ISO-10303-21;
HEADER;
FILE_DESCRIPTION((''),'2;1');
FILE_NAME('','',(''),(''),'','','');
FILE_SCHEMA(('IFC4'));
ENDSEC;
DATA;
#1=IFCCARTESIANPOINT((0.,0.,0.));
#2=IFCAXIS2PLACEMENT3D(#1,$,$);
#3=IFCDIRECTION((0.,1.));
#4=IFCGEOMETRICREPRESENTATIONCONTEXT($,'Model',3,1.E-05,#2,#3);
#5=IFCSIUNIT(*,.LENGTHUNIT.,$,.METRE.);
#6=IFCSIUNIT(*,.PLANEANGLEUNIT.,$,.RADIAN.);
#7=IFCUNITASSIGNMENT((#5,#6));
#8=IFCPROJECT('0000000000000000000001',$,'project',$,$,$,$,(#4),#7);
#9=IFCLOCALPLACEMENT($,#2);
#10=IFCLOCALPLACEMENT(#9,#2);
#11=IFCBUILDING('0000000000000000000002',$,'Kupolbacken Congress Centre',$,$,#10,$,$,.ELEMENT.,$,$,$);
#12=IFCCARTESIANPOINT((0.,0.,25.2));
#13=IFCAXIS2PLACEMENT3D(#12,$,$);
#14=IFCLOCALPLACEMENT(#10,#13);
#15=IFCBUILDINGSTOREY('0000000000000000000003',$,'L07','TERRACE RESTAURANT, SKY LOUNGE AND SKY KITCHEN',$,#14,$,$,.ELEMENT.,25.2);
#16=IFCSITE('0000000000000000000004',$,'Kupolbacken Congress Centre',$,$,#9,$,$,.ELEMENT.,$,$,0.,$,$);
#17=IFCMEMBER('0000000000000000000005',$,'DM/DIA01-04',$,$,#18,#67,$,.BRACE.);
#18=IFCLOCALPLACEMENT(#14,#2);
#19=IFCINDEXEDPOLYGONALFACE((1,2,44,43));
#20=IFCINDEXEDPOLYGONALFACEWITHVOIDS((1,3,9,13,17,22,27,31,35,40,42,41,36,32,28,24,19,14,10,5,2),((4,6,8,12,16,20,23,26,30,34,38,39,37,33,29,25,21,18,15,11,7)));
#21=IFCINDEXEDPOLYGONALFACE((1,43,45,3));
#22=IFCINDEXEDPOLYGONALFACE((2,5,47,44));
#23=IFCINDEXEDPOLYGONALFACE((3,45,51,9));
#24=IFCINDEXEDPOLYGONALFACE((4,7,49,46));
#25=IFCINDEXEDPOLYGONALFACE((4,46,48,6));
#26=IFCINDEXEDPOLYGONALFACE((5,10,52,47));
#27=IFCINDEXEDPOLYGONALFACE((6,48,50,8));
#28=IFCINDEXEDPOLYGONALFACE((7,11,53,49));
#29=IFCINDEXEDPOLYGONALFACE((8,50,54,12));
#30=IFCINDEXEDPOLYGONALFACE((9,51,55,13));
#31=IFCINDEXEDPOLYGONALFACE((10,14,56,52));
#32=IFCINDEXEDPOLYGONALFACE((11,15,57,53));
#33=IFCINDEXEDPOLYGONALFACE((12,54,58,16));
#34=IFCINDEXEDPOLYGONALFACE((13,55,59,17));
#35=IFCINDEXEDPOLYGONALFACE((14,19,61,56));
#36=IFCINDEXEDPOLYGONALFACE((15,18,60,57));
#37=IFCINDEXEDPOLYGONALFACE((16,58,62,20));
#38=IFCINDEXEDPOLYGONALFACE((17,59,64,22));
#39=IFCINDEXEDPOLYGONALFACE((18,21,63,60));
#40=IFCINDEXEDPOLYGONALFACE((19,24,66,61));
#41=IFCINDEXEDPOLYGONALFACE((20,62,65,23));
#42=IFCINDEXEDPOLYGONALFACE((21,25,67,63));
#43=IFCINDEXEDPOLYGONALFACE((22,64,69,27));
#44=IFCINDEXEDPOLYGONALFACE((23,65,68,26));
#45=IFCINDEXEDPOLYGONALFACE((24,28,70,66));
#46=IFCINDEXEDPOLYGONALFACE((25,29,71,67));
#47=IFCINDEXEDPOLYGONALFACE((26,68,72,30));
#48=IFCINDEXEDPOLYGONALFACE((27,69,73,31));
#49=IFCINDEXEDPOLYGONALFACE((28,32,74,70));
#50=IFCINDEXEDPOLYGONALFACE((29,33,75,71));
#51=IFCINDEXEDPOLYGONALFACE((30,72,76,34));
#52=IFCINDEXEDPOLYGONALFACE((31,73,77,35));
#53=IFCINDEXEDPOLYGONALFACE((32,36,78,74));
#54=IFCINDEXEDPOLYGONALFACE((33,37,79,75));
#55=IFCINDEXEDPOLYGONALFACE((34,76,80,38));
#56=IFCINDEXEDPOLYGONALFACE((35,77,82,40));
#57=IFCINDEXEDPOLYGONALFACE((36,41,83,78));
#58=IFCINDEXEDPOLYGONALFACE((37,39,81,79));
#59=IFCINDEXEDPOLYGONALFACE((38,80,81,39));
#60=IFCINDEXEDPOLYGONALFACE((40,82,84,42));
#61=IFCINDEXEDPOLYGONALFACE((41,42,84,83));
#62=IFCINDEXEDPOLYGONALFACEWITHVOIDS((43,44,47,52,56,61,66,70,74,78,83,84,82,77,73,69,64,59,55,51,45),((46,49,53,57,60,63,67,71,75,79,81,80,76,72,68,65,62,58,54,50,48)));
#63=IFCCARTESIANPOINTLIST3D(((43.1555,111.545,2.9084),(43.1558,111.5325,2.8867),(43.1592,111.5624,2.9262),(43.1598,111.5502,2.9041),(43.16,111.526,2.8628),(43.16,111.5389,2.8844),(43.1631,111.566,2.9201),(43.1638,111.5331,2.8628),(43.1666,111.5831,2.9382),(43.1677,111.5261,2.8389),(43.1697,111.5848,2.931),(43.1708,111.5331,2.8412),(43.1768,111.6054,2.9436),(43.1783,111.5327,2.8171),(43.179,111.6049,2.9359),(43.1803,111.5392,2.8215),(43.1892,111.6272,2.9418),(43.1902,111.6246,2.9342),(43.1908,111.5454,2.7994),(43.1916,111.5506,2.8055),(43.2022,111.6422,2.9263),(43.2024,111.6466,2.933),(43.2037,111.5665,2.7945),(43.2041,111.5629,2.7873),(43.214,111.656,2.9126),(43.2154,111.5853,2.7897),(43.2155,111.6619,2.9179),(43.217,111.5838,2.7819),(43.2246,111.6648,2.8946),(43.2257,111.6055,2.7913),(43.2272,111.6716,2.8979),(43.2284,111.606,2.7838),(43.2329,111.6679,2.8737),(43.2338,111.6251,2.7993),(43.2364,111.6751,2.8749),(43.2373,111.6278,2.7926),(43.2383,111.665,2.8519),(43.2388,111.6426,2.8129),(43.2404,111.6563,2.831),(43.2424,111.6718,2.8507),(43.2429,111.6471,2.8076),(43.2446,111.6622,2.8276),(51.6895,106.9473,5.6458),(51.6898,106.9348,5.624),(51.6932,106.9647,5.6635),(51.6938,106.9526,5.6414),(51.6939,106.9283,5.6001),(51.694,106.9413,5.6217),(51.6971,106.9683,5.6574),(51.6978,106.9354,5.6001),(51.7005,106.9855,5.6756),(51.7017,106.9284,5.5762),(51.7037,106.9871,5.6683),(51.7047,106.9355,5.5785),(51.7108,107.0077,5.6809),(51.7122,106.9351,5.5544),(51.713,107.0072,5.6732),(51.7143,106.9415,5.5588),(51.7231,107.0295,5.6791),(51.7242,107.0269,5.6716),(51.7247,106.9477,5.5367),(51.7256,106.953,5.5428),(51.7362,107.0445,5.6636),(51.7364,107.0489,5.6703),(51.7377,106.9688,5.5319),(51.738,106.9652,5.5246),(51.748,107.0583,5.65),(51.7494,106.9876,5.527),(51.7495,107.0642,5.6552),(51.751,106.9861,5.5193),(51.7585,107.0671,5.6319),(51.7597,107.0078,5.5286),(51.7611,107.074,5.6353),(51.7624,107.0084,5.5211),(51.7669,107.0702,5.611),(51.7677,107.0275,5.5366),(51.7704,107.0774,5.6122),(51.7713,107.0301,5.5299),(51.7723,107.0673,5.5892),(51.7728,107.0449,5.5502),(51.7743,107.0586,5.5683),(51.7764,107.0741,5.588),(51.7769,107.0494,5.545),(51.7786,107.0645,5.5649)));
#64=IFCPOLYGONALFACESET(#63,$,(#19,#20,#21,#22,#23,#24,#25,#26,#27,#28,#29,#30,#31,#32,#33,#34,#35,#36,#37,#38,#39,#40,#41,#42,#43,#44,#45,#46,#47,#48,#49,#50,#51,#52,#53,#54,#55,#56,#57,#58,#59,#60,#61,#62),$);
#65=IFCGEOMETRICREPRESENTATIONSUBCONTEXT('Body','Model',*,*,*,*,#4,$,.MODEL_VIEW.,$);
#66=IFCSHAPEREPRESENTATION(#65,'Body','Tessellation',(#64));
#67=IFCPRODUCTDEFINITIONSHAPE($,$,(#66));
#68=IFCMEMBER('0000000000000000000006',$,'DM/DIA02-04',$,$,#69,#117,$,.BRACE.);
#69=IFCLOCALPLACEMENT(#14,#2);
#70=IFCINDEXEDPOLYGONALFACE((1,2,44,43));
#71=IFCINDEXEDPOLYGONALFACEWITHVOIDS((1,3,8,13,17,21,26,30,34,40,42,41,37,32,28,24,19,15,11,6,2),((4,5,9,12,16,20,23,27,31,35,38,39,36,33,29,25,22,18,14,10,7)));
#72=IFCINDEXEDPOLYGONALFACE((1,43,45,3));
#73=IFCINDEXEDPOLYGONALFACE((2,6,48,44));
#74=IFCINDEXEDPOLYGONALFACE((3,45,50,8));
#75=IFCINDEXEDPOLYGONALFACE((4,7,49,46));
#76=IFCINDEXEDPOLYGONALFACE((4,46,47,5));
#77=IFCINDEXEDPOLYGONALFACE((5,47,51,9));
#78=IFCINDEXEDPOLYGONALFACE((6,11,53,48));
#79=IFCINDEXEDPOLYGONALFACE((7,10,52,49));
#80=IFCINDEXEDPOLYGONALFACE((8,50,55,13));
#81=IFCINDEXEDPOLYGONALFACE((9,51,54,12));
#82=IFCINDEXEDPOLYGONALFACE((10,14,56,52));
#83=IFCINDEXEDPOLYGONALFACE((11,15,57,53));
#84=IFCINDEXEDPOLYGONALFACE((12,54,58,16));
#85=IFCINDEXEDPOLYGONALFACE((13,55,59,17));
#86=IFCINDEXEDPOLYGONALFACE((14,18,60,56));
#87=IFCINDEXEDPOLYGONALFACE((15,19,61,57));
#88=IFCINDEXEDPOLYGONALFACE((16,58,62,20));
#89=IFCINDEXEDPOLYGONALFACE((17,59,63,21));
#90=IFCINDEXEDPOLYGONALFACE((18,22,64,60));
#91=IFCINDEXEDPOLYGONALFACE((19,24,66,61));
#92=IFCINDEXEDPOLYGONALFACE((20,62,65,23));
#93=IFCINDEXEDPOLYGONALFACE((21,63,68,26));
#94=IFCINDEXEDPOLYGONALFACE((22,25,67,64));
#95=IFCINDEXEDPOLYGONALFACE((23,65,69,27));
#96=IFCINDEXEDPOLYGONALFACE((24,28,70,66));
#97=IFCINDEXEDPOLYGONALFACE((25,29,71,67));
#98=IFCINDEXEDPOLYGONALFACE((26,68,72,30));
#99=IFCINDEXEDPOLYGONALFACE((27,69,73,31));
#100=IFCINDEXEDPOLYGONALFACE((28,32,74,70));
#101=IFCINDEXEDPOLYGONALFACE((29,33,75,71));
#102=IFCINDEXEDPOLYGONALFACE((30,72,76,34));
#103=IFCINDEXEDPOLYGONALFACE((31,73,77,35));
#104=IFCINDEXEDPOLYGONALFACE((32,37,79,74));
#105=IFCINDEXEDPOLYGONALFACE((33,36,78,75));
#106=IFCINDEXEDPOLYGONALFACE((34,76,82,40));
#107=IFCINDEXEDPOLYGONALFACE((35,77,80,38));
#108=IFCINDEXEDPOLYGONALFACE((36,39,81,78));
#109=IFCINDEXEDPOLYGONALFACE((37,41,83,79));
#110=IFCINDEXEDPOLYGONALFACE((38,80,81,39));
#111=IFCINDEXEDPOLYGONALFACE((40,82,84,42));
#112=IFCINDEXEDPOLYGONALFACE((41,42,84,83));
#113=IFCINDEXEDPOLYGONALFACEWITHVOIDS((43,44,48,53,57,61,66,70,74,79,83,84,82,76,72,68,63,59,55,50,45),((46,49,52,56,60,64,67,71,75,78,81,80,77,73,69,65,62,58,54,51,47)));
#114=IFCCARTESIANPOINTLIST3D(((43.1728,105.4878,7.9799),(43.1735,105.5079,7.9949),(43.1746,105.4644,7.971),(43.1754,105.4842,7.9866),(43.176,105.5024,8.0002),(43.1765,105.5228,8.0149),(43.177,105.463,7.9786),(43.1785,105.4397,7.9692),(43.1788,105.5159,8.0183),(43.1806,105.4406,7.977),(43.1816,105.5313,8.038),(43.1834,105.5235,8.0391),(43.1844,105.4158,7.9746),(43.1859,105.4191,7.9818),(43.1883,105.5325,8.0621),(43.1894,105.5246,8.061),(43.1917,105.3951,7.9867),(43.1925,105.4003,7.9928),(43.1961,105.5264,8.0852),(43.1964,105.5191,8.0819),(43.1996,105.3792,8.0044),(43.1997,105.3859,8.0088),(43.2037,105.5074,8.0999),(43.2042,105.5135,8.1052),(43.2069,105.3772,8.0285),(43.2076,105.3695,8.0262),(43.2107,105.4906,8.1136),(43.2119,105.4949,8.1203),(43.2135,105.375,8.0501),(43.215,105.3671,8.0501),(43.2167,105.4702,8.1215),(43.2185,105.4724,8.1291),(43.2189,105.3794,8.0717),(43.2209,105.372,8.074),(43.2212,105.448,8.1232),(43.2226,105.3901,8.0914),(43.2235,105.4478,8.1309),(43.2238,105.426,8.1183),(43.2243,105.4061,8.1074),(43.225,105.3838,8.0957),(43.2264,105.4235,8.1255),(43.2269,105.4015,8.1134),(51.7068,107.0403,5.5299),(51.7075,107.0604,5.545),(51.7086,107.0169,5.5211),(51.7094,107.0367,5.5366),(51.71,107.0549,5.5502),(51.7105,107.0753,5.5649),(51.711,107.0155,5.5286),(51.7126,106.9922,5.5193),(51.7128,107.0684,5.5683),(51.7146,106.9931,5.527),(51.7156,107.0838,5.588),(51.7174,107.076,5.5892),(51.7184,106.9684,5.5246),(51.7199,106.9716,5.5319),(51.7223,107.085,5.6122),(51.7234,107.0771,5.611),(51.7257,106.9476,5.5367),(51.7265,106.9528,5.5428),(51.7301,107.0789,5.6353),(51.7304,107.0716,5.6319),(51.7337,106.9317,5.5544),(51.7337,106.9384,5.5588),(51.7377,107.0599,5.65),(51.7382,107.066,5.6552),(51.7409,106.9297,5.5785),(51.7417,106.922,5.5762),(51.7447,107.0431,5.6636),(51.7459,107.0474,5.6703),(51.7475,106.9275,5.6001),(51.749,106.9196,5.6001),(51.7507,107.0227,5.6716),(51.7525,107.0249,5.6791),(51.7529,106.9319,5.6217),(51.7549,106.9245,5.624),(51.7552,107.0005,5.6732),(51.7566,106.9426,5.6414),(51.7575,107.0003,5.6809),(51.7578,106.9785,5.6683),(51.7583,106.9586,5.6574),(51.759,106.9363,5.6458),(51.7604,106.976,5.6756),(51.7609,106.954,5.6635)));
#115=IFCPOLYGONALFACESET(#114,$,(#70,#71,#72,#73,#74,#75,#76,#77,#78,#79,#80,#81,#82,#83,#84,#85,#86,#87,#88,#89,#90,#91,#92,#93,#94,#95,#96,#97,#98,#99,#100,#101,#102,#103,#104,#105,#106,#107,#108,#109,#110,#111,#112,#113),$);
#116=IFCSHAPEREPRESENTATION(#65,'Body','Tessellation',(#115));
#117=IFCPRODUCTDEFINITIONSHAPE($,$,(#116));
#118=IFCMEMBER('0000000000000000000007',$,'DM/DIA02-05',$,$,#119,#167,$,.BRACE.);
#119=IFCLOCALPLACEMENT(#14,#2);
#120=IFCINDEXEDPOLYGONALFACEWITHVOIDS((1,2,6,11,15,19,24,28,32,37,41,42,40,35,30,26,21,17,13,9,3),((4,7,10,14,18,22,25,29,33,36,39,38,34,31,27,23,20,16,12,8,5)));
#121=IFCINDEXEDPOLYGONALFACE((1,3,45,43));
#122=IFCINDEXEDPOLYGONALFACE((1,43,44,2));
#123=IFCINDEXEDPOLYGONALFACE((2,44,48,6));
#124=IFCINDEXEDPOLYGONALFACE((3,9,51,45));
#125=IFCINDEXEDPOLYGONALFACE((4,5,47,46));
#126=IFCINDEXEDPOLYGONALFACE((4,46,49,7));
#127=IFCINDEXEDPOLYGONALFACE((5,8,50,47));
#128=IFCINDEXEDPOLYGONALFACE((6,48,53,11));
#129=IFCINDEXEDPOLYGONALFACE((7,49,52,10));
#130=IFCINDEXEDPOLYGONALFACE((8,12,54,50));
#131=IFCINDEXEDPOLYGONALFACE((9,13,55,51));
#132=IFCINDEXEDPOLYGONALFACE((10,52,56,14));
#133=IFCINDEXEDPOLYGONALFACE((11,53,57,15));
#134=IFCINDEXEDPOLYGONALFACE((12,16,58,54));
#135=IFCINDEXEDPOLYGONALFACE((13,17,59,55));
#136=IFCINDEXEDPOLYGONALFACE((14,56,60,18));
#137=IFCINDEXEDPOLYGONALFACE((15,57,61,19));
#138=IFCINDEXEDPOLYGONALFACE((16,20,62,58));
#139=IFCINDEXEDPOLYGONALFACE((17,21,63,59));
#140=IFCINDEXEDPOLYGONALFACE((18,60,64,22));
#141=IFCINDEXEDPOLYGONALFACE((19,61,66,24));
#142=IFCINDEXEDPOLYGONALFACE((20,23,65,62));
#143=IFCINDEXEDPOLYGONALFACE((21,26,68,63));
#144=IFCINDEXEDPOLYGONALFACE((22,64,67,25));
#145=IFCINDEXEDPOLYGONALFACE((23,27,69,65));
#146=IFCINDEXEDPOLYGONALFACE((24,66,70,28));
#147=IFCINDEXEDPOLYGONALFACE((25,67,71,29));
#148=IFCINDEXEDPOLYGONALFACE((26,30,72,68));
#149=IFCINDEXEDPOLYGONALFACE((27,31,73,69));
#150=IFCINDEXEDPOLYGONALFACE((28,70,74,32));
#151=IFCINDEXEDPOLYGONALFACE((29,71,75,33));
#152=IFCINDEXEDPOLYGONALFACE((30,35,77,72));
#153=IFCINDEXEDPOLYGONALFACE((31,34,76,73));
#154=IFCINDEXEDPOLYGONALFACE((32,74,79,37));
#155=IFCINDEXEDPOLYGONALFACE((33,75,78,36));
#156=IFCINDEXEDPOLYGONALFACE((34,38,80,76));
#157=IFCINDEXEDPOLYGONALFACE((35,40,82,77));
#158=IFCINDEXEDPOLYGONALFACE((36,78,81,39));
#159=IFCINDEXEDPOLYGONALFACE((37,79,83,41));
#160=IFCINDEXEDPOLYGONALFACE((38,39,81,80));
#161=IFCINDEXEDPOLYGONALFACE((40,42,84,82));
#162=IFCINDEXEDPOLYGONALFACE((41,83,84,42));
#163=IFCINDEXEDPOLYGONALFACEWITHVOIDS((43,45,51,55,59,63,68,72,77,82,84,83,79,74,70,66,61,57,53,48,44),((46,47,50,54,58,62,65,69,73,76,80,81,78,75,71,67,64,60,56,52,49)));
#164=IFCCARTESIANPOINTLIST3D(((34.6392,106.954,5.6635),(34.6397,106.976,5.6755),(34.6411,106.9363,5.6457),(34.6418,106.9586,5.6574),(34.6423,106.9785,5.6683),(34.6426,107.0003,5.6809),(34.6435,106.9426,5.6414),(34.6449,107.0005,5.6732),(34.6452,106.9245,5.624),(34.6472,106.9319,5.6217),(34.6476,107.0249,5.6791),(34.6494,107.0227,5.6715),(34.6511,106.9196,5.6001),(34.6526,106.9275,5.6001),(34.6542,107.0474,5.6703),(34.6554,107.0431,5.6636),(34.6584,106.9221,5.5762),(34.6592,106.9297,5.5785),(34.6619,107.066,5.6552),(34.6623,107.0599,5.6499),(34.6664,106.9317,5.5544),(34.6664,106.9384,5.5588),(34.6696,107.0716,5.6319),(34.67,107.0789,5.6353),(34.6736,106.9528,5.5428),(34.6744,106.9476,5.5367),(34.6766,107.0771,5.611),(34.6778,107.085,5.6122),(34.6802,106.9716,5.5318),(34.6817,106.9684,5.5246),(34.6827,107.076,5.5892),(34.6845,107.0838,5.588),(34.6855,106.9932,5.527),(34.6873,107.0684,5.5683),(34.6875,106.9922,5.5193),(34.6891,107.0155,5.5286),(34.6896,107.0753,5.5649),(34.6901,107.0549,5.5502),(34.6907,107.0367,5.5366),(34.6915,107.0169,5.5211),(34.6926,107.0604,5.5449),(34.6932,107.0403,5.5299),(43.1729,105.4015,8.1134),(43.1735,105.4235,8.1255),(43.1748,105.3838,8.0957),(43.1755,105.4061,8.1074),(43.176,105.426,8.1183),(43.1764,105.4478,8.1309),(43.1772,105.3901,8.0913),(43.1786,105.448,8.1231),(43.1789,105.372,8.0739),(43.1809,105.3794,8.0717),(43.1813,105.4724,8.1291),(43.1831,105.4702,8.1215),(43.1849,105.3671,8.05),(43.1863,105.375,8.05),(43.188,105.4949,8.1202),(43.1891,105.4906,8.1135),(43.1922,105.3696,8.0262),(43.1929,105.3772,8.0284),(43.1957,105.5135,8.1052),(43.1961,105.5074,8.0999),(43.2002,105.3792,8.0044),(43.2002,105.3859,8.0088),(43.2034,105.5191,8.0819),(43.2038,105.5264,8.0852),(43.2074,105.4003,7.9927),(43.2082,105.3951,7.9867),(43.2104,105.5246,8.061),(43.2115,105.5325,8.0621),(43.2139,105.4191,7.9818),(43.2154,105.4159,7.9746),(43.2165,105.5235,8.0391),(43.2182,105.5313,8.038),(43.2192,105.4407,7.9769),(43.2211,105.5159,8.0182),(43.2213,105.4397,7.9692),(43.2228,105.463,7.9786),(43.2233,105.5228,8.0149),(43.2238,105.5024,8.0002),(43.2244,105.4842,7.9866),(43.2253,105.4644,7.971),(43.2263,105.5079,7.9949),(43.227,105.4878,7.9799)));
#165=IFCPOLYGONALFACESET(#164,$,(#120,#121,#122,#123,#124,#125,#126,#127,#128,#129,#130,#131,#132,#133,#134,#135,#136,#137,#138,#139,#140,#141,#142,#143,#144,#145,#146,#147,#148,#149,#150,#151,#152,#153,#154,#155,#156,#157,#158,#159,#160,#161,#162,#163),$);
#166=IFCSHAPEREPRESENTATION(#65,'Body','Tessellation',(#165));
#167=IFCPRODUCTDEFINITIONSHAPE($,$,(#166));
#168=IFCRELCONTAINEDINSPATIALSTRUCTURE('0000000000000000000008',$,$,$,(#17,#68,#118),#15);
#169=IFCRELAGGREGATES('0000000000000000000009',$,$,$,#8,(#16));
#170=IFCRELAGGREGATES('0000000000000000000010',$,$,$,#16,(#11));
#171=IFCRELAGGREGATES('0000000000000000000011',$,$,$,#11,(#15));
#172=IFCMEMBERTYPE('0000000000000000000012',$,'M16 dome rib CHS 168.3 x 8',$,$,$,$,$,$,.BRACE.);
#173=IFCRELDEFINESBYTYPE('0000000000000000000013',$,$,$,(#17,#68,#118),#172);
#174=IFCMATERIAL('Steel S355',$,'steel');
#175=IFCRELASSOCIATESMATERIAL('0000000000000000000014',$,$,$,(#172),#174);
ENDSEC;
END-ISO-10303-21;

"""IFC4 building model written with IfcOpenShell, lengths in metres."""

from ifc_helpers import new_model, si_unit, direction, frame, origin, origin_2d, place, context, subcontext, project, spatial, hollow_circle, extrude, material, material_profile, profile_set, type_object, element, save


model = new_model("IFC4")

# Units and contexts
model_context = context("Model", 3, precision=1e-05, world=origin(), true_north=direction((0.0, 1.0)))
body_context = subcontext(model_context, "Body", "Model", "MODEL_VIEW")
ifc_project = project(units=[si_unit("LENGTHUNIT", "METRE"), si_unit("PLANEANGLEUNIT", "RADIAN")], contexts=[model_context])

# Site, building, storey
site_placement = place(None, origin())
site = spatial("IfcSite", under=ifc_project, at=site_placement, Name="Kupolbacken Congress Centre", CompositionType="ELEMENT", RefElevation=0.0)
building_placement = place(site_placement, origin())
building = spatial("IfcBuilding", under=site, at=building_placement, Name="Kupolbacken Congress Centre", CompositionType="ELEMENT")
storey_placement = place(building_placement, frame((0.0, 0.0, 25.2)))
storey = spatial("IfcBuildingStorey", under=building, at=storey_placement, Name="L07", Description="TERRACE RESTAURANT, SKY LOUNGE AND SKY KITCHEN", CompositionType="ELEMENT", Elevation=25.2)

# Members
ifc_material_1 = material(Name="Steel S355", Category="steel")
ifc_material_profile_1 = material_profile(ifc_material_1, hollow_circle(Radius=0.0842, WallThickness=0.0081, at=origin_2d()), Name="CHS 168.3 x 8")
ifc_profile_set_1 = profile_set([ifc_material_profile_1], Name="Steel S355")
member_type_1 = type_object("IfcMemberType", Name="M16 dome rib CHS 168.3 x 8", PredefinedType="BRACE", material=ifc_profile_set_1)
member_1_placement = place(storey_placement, frame((51.7339, 107.0024, 5.6001), z_axis=(-0.847234, 0.456447, -0.271755), x_axis=(-0.474297, -0.880365, 0.0)))
element("IfcMember", 1, at=member_1_placement, inside=storey, type_object=member_type_1, Name="DM/DIA01-04", PredefinedType="BRACE", context=body_context, shape_type="SweptSolid", body=[
    extrude(hollow_circle(Radius=0.0842, WallThickness=0.0081, at=origin_2d()), origin(), (0.0, 0.0, 1.0), 10.0728),
])
member_2_placement = place(storey_placement, frame((51.7339, 107.0024, 5.6001), z_axis=(-0.94681, -0.172243, 0.271813), x_axis=(0.178982, -0.983852, 0.0)))
element("IfcMember", 2, at=member_2_placement, inside=storey, type_object=member_type_1, Name="DM/DIA02-04", PredefinedType="BRACE", context=body_context, shape_type="SweptSolid", body=[
    extrude(hollow_circle(Radius=0.0842, WallThickness=0.0081, at=origin_2d()), origin(), (0.0, 0.0, 1.0), 9.0134),
])
member_3_placement = place(storey_placement, frame((43.2, 105.45, 8.05), z_axis=(-0.946807, 0.172248, -0.27182), x_axis=(-0.178987, -0.983851, 0.0)))
element("IfcMember", 3, at=member_3_placement, inside=storey, type_object=member_type_1, Name="DM/DIA02-05", PredefinedType="BRACE", context=body_context, shape_type="SweptSolid", body=[
    extrude(hollow_circle(Radius=0.0842, WallThickness=0.0081, at=origin_2d()), origin(), (0.0, 0.0, 1.0), 9.0132),
])

save(model, "model.ifc")
